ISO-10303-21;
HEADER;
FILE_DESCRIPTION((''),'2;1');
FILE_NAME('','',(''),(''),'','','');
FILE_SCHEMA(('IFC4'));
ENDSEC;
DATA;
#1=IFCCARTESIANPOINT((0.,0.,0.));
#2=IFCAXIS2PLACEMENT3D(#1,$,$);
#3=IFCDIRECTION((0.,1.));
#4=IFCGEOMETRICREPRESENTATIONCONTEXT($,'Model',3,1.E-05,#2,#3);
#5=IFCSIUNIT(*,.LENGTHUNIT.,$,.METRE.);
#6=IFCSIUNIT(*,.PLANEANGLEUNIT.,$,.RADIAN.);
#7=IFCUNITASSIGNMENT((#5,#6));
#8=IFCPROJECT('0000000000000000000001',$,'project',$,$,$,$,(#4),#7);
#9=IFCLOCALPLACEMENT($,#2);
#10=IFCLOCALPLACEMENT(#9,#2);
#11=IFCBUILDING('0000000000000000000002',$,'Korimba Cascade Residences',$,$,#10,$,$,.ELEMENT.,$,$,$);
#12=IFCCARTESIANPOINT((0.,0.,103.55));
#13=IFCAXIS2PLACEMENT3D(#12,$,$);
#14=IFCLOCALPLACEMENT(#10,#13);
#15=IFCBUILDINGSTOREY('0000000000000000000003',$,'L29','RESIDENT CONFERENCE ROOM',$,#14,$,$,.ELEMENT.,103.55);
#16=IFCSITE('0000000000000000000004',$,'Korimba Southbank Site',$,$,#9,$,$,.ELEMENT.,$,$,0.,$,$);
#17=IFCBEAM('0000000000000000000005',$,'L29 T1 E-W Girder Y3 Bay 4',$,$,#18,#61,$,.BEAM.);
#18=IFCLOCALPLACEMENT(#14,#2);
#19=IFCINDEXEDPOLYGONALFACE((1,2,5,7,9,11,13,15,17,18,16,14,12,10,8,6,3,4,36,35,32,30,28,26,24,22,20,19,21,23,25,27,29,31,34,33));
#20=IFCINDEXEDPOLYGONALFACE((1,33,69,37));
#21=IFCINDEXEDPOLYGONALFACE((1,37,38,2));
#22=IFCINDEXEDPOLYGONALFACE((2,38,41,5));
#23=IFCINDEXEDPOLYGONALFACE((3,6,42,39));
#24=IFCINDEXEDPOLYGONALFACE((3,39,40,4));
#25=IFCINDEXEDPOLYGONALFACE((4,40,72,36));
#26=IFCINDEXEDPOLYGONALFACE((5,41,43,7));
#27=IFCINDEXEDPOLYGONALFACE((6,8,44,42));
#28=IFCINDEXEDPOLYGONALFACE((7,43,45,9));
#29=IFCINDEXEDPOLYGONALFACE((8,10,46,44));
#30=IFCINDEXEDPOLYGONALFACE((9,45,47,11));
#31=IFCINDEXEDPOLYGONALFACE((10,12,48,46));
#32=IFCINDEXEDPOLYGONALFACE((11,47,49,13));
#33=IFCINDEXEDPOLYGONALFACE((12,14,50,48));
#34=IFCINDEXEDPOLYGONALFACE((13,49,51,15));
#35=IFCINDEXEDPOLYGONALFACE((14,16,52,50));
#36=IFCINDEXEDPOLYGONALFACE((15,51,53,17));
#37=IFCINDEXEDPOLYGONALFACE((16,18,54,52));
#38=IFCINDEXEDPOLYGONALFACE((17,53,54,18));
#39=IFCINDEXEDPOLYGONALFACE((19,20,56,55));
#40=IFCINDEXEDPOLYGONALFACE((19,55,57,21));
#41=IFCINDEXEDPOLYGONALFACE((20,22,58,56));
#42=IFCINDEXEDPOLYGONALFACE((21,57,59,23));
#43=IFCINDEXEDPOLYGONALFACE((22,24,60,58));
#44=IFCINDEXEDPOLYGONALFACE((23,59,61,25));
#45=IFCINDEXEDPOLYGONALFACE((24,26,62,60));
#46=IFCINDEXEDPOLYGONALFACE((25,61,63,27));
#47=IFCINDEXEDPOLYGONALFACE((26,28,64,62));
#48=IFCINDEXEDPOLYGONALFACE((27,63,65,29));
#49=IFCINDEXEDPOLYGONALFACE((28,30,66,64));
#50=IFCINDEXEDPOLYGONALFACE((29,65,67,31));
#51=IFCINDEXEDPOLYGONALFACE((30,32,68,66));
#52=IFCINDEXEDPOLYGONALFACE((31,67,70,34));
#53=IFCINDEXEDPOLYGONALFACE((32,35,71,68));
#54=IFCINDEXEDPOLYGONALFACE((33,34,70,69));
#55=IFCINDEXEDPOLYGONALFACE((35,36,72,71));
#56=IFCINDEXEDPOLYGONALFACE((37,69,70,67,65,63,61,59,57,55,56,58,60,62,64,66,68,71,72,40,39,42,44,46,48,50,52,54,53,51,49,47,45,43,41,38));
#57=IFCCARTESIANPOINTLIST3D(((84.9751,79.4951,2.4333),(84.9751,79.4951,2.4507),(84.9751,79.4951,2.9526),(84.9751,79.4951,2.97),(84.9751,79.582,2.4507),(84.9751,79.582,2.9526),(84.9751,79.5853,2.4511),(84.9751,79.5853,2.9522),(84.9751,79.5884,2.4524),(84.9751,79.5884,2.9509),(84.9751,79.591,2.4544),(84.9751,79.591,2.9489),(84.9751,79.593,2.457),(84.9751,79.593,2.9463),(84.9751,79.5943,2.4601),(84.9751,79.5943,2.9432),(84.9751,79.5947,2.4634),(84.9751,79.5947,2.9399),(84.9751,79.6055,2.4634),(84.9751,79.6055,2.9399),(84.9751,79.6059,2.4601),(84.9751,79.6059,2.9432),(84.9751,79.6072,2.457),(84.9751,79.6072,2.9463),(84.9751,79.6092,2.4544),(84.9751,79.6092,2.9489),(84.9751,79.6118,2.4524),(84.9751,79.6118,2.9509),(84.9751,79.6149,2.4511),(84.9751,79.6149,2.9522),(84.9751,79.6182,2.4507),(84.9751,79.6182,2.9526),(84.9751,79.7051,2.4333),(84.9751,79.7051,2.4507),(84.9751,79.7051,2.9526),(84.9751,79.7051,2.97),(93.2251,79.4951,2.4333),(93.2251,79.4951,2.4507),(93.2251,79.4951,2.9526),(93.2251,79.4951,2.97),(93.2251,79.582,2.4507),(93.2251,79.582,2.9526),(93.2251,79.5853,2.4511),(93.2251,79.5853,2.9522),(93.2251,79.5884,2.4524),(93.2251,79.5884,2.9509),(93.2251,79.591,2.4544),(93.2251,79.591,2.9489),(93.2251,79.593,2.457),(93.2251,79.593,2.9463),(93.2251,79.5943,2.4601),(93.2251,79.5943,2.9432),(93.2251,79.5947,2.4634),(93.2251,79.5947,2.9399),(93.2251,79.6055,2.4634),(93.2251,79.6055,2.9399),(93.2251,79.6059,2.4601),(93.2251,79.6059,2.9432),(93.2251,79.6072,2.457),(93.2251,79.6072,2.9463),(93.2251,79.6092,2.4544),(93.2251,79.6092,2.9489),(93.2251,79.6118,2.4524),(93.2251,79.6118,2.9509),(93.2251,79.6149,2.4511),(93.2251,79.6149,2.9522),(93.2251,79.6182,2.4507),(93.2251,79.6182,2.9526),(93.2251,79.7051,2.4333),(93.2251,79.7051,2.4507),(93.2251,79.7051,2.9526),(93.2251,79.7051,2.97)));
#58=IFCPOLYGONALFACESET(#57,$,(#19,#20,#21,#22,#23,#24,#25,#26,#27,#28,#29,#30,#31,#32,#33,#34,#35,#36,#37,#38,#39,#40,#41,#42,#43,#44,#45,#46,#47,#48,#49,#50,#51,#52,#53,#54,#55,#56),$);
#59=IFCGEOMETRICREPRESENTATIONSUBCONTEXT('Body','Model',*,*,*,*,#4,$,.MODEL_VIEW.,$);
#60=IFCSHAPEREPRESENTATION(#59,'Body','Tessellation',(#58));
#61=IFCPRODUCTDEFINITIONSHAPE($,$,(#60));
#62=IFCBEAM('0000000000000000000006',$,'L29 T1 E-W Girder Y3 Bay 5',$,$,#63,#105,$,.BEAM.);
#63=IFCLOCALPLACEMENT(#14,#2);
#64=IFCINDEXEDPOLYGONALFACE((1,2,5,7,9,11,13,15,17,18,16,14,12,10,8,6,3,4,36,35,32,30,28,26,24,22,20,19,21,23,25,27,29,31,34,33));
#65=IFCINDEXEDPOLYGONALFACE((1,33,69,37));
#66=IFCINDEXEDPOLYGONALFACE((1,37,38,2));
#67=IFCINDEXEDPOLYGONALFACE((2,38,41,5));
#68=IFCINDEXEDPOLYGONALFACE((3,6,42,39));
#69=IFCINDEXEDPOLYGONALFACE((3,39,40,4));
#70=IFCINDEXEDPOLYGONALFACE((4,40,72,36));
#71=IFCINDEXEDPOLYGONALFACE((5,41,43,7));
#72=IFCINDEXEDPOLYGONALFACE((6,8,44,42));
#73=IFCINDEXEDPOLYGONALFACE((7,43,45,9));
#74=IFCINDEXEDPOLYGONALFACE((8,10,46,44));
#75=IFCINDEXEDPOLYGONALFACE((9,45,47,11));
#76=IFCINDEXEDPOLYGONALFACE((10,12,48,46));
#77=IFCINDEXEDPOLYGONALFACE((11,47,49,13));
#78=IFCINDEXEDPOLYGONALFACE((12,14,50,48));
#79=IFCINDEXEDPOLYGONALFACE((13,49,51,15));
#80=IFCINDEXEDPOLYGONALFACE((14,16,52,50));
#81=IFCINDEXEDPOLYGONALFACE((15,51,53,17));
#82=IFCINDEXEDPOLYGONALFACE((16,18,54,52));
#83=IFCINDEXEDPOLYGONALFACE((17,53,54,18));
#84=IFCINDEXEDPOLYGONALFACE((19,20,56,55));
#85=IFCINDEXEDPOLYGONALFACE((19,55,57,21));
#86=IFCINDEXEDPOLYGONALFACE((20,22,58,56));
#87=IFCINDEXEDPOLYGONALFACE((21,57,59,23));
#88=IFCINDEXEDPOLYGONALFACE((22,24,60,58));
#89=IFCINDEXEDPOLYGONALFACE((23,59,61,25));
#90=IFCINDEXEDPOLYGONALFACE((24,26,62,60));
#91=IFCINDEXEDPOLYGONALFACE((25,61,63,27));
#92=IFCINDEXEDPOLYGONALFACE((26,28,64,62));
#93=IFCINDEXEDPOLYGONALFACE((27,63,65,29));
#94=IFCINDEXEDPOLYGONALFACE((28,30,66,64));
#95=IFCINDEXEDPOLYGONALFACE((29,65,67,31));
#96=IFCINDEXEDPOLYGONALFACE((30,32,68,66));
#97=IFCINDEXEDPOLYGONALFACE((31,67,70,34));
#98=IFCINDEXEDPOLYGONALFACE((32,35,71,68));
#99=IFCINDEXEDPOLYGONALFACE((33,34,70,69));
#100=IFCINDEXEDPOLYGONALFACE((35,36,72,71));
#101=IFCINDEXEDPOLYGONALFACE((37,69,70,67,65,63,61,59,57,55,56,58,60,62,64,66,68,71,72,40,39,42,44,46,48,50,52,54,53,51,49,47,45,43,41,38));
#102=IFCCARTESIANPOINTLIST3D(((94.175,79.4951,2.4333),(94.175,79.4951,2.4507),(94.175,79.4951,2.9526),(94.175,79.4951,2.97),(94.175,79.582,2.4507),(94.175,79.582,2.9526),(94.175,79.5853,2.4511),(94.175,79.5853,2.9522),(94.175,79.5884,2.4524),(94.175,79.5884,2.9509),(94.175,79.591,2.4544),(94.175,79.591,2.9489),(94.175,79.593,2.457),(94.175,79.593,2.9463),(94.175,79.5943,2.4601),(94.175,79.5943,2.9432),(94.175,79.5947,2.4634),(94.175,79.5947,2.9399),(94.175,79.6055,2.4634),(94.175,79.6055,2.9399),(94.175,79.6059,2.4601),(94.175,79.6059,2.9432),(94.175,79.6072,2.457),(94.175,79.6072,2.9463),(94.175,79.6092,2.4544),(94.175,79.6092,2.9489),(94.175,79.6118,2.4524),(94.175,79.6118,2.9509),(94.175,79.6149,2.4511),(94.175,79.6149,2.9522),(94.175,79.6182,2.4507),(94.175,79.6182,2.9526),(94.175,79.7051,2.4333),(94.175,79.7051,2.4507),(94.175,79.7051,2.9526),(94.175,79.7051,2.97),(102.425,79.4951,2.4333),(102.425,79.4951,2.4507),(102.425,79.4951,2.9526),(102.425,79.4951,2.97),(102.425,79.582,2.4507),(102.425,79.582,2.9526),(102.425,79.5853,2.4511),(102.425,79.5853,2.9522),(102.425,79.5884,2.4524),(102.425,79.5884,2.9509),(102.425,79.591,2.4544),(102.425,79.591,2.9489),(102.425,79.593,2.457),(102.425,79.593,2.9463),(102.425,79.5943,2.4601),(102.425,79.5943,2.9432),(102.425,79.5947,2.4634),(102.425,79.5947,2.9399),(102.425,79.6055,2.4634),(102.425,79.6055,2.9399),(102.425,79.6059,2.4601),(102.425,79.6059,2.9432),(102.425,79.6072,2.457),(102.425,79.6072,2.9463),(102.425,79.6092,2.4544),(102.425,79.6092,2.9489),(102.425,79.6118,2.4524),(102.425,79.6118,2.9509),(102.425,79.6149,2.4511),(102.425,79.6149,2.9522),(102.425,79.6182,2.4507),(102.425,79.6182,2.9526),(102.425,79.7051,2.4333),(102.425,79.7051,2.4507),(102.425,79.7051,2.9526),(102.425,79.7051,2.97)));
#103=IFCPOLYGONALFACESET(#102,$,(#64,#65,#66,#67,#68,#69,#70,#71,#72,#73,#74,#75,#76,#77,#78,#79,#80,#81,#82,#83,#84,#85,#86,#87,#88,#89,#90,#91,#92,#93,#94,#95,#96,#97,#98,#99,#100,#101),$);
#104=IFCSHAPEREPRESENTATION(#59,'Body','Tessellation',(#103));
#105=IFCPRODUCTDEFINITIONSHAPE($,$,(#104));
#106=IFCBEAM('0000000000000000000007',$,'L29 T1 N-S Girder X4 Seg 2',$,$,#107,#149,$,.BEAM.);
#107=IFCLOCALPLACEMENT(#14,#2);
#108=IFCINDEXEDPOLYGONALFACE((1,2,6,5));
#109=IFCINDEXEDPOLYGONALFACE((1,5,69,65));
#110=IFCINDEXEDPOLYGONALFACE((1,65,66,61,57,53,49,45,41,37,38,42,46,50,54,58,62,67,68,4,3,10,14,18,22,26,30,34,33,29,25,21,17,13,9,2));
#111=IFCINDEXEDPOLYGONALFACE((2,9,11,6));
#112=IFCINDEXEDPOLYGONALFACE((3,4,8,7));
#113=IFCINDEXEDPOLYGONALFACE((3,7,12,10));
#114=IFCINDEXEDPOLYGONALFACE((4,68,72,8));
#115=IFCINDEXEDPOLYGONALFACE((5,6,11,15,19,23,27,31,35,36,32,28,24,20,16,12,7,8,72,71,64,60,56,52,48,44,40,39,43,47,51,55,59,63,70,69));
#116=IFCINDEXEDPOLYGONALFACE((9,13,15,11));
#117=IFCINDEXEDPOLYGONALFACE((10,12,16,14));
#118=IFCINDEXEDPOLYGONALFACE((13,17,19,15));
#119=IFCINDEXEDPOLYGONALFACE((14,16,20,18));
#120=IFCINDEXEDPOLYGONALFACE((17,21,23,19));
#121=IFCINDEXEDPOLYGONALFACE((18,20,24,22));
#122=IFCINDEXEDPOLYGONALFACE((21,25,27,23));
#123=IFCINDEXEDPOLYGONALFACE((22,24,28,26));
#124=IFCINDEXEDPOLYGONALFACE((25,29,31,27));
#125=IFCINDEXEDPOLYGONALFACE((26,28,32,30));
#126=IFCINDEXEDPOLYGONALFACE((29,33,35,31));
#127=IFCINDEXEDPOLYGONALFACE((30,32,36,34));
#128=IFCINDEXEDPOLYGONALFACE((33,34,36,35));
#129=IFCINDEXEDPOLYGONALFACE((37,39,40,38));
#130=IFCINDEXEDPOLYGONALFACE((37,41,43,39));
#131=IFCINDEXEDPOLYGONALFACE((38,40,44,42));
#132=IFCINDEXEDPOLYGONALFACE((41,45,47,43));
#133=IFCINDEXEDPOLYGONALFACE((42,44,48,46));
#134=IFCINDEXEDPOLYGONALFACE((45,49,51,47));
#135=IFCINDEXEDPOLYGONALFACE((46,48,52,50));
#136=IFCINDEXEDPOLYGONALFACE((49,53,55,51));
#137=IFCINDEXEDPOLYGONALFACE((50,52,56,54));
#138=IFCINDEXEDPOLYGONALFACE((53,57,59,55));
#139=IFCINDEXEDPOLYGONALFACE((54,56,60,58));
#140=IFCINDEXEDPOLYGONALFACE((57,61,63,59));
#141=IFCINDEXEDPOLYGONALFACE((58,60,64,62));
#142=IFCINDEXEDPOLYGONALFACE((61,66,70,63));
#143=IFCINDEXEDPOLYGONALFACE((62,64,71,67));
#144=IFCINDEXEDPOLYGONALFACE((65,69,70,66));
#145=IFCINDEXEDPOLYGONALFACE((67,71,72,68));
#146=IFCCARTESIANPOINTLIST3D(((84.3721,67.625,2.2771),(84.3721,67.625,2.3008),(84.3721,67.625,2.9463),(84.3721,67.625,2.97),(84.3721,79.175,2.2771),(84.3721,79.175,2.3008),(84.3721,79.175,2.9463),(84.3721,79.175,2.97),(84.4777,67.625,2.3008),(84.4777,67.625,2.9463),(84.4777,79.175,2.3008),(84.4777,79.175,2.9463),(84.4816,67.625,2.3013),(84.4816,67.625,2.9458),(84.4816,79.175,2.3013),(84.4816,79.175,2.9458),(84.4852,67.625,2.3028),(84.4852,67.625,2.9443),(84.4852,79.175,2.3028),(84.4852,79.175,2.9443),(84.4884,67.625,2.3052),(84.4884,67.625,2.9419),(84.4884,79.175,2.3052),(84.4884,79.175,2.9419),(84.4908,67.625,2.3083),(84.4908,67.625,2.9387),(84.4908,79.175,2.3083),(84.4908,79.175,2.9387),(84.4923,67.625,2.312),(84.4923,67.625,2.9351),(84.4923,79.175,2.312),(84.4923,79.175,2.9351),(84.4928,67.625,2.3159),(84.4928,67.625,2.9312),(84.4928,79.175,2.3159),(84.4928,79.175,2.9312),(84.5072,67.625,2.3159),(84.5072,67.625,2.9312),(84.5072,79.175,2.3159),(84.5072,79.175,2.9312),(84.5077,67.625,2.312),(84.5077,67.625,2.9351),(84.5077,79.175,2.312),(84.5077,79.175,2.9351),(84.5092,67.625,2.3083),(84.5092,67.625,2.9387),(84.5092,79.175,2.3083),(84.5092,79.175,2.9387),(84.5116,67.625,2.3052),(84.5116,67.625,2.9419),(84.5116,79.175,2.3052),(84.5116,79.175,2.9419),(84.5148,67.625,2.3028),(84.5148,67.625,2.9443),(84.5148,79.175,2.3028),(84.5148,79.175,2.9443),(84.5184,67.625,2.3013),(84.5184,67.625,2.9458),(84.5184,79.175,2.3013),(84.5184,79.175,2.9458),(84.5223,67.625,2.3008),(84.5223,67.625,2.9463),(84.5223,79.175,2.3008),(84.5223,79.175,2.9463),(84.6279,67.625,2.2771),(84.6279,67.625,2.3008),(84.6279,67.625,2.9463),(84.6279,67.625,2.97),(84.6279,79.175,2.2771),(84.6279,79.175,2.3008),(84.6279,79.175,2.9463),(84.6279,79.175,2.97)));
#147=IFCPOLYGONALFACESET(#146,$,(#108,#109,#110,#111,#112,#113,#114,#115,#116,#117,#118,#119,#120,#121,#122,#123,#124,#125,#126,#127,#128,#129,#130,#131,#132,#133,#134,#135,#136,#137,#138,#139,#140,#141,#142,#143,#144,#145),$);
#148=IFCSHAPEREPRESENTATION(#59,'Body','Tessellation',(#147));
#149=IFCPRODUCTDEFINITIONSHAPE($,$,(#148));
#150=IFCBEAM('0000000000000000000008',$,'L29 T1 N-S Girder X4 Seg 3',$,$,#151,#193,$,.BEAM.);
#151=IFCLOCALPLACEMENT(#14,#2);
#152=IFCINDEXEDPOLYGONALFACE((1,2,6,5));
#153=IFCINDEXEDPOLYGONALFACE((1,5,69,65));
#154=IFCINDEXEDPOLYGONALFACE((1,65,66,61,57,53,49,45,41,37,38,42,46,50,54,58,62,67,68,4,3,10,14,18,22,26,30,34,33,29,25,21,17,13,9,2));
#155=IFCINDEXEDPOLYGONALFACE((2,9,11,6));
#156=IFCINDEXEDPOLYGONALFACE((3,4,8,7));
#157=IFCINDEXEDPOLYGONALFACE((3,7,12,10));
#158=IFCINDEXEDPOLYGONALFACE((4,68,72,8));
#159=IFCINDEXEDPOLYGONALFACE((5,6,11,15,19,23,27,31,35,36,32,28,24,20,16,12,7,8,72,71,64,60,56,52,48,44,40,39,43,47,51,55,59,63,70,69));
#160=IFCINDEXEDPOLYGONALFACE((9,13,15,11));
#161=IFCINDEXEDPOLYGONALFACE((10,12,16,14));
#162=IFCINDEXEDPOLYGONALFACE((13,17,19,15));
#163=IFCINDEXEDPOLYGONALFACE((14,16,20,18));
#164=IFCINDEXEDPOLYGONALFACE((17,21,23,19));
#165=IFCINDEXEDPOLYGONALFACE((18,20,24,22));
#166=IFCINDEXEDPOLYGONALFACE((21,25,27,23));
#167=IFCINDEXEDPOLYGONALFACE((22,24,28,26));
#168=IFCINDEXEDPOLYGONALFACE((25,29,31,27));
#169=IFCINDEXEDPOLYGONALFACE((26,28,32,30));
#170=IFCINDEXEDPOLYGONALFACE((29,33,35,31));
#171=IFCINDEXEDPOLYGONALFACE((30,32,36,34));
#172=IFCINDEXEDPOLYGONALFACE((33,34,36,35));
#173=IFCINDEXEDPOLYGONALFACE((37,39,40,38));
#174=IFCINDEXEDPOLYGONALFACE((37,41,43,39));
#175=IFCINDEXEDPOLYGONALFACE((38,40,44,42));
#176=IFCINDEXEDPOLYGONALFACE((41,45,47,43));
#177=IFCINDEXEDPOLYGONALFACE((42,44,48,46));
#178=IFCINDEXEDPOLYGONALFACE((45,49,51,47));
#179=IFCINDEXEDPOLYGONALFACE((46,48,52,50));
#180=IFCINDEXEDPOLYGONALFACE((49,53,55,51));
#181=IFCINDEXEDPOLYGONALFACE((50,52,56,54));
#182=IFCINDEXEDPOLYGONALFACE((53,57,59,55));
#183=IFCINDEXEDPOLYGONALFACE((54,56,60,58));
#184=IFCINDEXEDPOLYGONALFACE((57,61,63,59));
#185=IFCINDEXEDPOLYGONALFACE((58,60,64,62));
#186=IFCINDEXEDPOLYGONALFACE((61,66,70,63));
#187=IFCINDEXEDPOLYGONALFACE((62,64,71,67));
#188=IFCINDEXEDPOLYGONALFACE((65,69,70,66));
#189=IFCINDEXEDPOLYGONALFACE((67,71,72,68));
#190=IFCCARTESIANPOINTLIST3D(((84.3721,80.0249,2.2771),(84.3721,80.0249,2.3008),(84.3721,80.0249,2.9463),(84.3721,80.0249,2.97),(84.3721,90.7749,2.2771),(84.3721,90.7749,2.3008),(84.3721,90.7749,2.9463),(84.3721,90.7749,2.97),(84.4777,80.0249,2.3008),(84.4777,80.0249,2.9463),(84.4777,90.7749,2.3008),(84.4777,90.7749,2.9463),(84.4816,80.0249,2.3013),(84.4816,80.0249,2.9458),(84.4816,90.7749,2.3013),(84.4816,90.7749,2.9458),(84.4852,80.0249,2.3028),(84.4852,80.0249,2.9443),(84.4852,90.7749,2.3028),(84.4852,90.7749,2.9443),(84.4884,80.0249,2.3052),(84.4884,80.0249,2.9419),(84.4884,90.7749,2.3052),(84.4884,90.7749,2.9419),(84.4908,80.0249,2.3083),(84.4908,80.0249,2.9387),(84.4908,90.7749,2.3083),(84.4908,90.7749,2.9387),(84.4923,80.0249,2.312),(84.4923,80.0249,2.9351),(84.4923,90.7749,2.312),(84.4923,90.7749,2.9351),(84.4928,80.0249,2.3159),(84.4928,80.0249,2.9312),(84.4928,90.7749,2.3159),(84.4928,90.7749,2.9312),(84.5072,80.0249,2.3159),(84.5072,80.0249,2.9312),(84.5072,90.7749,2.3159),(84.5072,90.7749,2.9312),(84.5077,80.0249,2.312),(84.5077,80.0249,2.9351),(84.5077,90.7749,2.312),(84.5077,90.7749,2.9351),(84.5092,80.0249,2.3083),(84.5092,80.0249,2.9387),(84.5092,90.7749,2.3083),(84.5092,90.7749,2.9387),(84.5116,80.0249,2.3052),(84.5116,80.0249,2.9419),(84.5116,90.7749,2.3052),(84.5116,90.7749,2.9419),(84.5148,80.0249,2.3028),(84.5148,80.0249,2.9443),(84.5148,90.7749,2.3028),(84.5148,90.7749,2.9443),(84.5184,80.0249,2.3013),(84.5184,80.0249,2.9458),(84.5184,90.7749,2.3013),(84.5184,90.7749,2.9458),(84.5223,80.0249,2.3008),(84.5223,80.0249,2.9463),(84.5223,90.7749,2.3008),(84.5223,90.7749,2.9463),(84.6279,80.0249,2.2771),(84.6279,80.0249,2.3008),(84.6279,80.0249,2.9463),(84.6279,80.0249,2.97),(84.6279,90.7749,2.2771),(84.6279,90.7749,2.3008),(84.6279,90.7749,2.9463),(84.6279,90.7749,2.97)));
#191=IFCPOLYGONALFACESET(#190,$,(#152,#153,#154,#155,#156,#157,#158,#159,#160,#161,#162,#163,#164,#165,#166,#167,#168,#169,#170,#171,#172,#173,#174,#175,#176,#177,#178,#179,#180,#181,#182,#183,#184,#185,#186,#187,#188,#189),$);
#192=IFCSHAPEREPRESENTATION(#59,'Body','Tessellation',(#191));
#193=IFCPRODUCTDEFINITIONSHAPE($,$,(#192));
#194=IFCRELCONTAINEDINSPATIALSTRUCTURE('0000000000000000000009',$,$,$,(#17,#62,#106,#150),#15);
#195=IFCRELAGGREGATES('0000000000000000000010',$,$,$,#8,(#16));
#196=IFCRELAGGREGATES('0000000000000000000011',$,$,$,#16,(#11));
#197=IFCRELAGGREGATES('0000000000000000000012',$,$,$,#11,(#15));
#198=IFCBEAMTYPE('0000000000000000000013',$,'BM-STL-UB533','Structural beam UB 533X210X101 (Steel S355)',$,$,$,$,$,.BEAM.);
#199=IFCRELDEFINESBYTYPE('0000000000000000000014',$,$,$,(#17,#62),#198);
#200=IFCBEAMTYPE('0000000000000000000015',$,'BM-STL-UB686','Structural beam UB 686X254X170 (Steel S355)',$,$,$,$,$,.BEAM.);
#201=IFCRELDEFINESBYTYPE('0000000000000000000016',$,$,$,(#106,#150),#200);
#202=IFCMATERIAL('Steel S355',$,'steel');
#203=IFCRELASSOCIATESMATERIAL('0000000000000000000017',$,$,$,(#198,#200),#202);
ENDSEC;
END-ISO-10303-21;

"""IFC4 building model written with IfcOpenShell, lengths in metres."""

from ifc_helpers import new_model, si_unit, direction, frame, origin, origin_2d, place, context, subcontext, project, spatial, i_section, extrude, material, material_profile, profile_set, type_object, element, save


model = new_model("IFC4")

# Units and contexts
model_context = context("Model", 3, precision=1e-05, world=origin(), true_north=direction((0.0, 1.0)))
body_context = subcontext(model_context, "Body", "Model", "MODEL_VIEW")
ifc_project = project(units=[si_unit("LENGTHUNIT", "METRE"), si_unit("PLANEANGLEUNIT", "RADIAN")], contexts=[model_context])

# Site, building, storey
site_placement = place(None, origin())
site = spatial("IfcSite", under=ifc_project, at=site_placement, Name="Korimba Southbank Site", CompositionType="ELEMENT", RefElevation=0.0)
building_placement = place(site_placement, origin())
building = spatial("IfcBuilding", under=site, at=building_placement, Name="Korimba Cascade Residences", CompositionType="ELEMENT")
storey_placement = place(building_placement, frame((0.0, 0.0, 103.55)))
storey = spatial("IfcBuildingStorey", under=building, at=storey_placement, Name="L29", Description="RESIDENT CONFERENCE ROOM", CompositionType="ELEMENT", Elevation=103.55)

# Beams
ifc_material_1 = material(Name="Steel S355", Category="steel")
ifc_material_profile_1 = material_profile(ifc_material_1, i_section(OverallWidth=0.21, OverallDepth=0.5366, WebThickness=0.0107, FlangeThickness=0.0173, FilletRadius=0.0127, at=origin_2d()), Name="Steel S355")
ifc_profile_set_1 = profile_set([ifc_material_profile_1], Name="Steel S355")
beam_type_1 = type_object("IfcBeamType", Name="BM-STL-UB533", Description="Structural beam UB 533X210X101 (Steel S355)", PredefinedType="BEAM", material=ifc_profile_set_1)
for number, where, z_axis, x_axis, name in (
    (1, (84.9751, 79.6001, 2.7017), (1.0, 0.0, 0.0), (0.0, 1.0, 0.0), "L29 T1 E-W Girder Y3 Bay 4"),
    (2, (94.175, 79.6001, 2.7017), (1.0, 0.0, 0.0), (0.0, 1.0, 0.0), "L29 T1 E-W Girder Y3 Bay 5"),
):
    element("IfcBeam", number, at=place(storey_placement, frame(where, z_axis=z_axis, x_axis=x_axis)), inside=storey, type_object=beam_type_1, Name=name, PredefinedType="BEAM", context=body_context, shape_type="SweptSolid", body=[
        extrude(i_section(OverallWidth=0.21, OverallDepth=0.5366, WebThickness=0.0107, FlangeThickness=0.0173, FilletRadius=0.0127, at=origin_2d()), origin(), (0.0, 0.0, 1.0), 8.25),
    ])
ifc_material_profile_2 = material_profile(ifc_material_1, i_section(OverallWidth=0.2559, OverallDepth=0.6929, WebThickness=0.0144, FlangeThickness=0.0237, FilletRadius=0.0151, at=origin_2d()), Name="Steel S355")
ifc_profile_set_2 = profile_set([ifc_material_profile_2], Name="Steel S355")
beam_type_2 = type_object("IfcBeamType", Name="BM-STL-UB686", Description="Structural beam UB 686X254X170 (Steel S355)", PredefinedType="BEAM", material=ifc_profile_set_2)
beam_1_placement = place(storey_placement, frame((84.5, 67.625, 2.6235), z_axis=(0.0, 1.0, 0.0), x_axis=(-1.0, 0.0, 0.0)))
element("IfcBeam", 3, at=beam_1_placement, inside=storey, type_object=beam_type_2, Name="L29 T1 N-S Girder X4 Seg 2", PredefinedType="BEAM", context=body_context, shape_type="SweptSolid", body=[
    extrude(i_section(OverallWidth=0.2559, OverallDepth=0.6929, WebThickness=0.0144, FlangeThickness=0.0237, FilletRadius=0.0151, at=origin_2d()), origin(), (0.0, 0.0, 1.0), 11.55),
])
beam_2_placement = place(storey_placement, frame((84.5, 80.0249, 2.6235), z_axis=(0.0, 1.0, 0.0), x_axis=(-1.0, 0.0, 0.0)))
element("IfcBeam", 4, at=beam_2_placement, inside=storey, type_object=beam_type_2, Name="L29 T1 N-S Girder X4 Seg 3", PredefinedType="BEAM", context=body_context, shape_type="SweptSolid", body=[
    extrude(i_section(OverallWidth=0.2559, OverallDepth=0.6929, WebThickness=0.0144, FlangeThickness=0.0237, FilletRadius=0.0151, at=origin_2d()), origin(), (0.0, 0.0, 1.0), 10.75),
])

save(model, "model.ifc")
